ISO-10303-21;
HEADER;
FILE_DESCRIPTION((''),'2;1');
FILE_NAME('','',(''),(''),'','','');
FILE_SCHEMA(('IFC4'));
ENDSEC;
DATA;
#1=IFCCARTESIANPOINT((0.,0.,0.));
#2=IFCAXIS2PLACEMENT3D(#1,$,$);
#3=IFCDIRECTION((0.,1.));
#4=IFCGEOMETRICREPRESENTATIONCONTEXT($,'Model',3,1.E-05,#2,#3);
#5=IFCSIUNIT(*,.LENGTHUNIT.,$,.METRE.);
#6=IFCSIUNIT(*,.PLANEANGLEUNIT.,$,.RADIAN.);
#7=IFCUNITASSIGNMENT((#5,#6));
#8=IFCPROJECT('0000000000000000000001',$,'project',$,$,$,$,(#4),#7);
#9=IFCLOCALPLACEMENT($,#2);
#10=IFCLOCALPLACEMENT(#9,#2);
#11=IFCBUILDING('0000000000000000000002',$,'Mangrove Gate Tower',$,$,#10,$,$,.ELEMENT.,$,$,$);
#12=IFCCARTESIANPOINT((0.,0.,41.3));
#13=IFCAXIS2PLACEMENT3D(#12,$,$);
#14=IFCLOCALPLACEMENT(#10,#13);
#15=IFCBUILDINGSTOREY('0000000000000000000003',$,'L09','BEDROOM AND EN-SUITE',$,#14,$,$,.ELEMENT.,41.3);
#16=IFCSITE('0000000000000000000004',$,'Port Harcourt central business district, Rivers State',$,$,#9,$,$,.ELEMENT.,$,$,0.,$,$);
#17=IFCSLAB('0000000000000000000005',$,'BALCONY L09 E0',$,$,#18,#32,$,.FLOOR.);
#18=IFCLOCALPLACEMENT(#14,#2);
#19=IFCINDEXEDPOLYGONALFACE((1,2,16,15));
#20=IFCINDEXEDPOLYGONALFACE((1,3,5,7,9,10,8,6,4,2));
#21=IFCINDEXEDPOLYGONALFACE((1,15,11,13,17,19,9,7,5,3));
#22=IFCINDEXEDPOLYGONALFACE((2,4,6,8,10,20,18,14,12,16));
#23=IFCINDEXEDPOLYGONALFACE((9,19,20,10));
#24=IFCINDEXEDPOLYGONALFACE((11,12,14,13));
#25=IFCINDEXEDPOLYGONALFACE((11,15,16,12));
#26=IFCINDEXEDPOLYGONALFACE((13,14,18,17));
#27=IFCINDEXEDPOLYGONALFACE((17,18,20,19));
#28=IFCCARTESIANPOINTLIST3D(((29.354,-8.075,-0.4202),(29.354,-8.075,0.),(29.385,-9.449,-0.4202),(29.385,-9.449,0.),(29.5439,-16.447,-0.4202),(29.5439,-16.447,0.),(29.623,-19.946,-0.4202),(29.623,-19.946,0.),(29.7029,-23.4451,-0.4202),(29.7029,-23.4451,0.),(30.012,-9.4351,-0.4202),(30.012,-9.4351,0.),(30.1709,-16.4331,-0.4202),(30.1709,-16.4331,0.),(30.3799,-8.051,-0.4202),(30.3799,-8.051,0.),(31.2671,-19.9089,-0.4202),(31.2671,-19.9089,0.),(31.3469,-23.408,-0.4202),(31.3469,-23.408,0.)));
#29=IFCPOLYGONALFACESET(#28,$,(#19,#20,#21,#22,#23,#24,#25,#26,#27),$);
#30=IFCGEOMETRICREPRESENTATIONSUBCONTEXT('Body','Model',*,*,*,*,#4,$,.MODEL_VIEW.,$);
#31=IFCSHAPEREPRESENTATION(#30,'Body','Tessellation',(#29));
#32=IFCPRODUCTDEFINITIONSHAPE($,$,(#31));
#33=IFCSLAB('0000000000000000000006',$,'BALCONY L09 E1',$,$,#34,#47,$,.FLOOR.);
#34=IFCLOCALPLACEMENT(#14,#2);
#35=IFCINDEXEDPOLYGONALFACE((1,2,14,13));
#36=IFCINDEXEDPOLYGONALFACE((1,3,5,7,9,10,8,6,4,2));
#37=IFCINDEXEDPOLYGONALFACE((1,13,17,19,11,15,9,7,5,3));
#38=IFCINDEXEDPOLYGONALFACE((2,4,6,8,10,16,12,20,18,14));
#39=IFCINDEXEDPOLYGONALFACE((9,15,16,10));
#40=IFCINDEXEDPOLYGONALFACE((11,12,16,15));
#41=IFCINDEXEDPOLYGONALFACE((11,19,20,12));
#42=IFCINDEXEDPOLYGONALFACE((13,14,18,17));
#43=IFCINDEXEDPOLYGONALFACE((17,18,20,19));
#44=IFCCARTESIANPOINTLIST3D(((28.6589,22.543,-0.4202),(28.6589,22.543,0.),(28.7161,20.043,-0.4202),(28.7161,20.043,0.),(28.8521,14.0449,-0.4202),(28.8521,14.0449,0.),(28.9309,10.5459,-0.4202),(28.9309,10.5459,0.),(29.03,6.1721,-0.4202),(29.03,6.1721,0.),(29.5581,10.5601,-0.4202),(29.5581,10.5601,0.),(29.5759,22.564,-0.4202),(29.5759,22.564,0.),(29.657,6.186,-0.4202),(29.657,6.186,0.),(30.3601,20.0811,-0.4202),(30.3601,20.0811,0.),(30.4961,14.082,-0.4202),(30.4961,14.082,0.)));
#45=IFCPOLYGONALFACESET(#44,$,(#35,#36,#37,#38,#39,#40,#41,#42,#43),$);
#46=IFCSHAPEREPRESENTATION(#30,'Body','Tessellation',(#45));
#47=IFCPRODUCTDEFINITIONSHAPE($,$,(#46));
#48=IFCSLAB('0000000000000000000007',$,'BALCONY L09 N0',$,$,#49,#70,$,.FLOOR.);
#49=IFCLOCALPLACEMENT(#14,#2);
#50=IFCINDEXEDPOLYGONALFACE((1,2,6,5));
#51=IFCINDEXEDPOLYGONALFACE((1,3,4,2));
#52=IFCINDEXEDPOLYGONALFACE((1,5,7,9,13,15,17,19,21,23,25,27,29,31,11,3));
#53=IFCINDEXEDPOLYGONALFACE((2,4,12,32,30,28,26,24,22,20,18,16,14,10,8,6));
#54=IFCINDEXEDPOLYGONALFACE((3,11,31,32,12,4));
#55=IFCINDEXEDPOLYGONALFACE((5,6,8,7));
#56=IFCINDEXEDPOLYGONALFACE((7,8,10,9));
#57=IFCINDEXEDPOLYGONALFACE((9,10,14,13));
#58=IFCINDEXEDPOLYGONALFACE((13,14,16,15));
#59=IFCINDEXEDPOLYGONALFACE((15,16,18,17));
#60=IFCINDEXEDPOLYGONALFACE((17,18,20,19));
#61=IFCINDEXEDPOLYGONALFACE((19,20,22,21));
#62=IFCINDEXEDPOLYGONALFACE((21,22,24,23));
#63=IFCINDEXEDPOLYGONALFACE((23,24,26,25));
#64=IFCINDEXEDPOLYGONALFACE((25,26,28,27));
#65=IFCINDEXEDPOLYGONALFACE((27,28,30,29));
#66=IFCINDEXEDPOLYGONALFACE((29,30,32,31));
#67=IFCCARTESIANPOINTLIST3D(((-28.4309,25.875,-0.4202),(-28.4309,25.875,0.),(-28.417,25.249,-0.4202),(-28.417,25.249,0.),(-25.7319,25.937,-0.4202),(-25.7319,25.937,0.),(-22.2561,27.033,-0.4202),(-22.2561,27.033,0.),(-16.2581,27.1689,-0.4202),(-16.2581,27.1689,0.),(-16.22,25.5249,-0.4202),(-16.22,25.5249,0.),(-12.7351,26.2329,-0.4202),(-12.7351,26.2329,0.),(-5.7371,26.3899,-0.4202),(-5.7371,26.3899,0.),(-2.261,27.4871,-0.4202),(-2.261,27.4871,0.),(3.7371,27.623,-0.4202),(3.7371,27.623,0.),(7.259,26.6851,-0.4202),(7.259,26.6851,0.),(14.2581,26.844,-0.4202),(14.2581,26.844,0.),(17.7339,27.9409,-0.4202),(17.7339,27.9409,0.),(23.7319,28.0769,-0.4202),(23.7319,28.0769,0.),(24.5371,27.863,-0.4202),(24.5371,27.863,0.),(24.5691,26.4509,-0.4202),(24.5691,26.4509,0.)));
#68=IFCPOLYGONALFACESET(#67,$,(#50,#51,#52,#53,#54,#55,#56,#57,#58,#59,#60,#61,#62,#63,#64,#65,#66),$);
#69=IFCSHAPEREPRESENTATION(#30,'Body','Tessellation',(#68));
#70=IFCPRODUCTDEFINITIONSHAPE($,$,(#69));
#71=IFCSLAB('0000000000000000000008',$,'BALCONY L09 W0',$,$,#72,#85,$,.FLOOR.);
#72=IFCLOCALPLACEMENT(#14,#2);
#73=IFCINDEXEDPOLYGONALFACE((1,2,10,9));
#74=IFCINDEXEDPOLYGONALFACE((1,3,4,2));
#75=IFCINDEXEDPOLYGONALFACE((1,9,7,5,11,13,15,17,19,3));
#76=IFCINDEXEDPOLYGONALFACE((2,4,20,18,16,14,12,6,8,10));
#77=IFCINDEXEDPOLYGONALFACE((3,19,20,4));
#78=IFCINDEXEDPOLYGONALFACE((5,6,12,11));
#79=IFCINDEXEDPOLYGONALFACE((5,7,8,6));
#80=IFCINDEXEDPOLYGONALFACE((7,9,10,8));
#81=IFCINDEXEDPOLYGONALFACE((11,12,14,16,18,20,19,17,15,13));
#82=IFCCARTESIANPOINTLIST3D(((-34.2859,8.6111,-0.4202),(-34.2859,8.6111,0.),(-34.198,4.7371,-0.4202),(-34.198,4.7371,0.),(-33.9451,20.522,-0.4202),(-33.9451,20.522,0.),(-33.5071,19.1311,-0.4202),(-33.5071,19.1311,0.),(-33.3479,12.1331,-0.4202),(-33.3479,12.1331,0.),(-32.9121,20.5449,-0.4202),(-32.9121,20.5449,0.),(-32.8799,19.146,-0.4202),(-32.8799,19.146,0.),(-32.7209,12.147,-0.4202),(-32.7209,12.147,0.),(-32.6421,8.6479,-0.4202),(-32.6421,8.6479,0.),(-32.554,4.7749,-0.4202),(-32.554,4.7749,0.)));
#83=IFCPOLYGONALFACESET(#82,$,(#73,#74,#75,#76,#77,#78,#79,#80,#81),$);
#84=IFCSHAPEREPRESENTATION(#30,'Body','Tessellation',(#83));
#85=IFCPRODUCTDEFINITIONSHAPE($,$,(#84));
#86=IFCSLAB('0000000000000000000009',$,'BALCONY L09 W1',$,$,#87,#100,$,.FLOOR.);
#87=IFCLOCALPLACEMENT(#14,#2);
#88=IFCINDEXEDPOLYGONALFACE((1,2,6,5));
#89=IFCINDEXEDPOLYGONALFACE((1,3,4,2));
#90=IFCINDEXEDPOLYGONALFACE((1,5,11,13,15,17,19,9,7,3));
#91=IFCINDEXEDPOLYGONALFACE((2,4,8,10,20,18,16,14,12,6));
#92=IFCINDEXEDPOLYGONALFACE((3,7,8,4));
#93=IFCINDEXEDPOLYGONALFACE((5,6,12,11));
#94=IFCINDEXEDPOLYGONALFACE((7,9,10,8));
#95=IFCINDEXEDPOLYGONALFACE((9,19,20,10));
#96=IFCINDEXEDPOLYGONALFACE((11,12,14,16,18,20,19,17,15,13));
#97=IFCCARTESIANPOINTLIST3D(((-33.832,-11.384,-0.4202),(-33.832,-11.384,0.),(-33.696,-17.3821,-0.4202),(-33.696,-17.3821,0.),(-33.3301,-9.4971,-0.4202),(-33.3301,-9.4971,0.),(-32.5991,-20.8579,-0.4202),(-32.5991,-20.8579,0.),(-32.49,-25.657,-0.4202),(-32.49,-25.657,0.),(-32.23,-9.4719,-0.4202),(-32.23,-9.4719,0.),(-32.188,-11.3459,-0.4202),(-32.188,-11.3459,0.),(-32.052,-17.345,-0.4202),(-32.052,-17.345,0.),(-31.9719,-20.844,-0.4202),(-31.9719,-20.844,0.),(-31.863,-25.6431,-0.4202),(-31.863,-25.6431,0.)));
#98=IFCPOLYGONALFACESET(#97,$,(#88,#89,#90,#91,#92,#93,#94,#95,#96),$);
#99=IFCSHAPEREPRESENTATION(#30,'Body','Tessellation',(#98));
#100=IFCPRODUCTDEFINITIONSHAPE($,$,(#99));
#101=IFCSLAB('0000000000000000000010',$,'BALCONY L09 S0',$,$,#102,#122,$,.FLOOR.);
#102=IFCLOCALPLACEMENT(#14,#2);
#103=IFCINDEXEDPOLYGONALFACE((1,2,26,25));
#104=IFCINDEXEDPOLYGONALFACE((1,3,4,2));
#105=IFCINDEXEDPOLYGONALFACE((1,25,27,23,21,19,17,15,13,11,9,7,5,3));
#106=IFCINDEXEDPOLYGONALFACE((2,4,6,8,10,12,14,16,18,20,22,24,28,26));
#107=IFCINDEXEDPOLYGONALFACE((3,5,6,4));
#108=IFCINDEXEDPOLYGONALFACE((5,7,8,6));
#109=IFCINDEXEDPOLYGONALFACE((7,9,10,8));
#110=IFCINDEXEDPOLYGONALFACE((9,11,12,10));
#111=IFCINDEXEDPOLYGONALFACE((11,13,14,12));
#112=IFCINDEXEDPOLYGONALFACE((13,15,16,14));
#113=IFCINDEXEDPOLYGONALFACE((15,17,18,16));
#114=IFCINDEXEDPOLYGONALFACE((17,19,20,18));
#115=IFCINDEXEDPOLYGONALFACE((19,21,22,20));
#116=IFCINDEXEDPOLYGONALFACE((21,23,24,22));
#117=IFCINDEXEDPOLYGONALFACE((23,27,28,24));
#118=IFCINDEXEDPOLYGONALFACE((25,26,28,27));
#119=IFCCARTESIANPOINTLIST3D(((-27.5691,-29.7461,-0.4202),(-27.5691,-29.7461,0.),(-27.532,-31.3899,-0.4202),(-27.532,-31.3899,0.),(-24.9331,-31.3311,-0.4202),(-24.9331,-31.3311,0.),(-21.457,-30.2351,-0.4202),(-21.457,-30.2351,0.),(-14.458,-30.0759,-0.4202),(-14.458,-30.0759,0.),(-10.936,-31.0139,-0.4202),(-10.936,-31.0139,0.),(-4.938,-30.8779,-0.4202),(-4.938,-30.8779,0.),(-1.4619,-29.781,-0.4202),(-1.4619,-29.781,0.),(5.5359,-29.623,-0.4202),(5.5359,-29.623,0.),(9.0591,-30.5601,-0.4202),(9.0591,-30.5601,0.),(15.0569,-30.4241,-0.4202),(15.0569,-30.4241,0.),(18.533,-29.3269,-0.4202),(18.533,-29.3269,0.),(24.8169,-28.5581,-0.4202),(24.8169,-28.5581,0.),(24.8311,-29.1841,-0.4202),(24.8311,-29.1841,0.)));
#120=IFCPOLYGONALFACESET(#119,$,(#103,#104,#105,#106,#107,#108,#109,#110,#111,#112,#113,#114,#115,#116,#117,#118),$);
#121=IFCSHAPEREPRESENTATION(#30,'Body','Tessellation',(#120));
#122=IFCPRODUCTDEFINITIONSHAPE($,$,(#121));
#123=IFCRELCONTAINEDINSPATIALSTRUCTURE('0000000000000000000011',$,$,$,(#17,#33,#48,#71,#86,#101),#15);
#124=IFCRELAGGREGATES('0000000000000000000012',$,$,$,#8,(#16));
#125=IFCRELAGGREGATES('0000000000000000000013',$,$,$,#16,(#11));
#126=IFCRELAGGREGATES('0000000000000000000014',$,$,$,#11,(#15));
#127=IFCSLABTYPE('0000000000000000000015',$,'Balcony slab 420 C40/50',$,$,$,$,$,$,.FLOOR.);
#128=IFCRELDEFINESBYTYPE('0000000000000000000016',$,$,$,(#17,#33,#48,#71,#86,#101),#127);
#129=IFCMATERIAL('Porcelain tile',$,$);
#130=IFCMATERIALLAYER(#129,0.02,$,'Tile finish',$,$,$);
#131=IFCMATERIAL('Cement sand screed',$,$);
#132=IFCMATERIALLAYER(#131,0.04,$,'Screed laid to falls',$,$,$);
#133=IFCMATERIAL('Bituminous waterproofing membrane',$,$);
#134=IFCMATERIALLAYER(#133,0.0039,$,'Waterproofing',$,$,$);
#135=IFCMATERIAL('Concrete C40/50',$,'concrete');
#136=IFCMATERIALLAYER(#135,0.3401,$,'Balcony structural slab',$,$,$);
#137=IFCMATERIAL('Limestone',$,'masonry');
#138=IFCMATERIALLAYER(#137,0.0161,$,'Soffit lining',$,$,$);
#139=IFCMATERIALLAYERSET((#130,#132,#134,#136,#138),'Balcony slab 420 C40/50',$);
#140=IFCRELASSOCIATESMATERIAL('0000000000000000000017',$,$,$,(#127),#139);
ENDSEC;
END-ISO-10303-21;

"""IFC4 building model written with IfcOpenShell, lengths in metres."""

from ifc_helpers import new_model, si_unit, direction, frame, origin, place, context, subcontext, project, spatial, polyline, outline, extrude, material, layer, layer_set, type_object, element, save


model = new_model("IFC4")

# Units and contexts
model_context = context("Model", 3, precision=1e-05, world=origin(), true_north=direction((0.0, 1.0)))
body_context = subcontext(model_context, "Body", "Model", "MODEL_VIEW")
ifc_project = project(units=[si_unit("LENGTHUNIT", "METRE"), si_unit("PLANEANGLEUNIT", "RADIAN")], contexts=[model_context])

# Site, building, storey
site_placement = place(None, origin())
site = spatial("IfcSite", under=ifc_project, at=site_placement, Name="Port Harcourt central business district, Rivers State", CompositionType="ELEMENT", RefElevation=0.0)
building_placement = place(site_placement, origin())
building = spatial("IfcBuilding", under=site, at=building_placement, Name="Mangrove Gate Tower", CompositionType="ELEMENT")
storey_placement = place(building_placement, frame((0.0, 0.0, 41.3)))
storey = spatial("IfcBuildingStorey", under=building, at=storey_placement, Name="L09", Description="BEDROOM AND EN-SUITE", CompositionType="ELEMENT", Elevation=41.3)

# Slabs
ifc_material_1 = material(Name="Porcelain tile")
ifc_layer_1 = layer(ifc_material_1, 0.02, Name="Tile finish")
ifc_material_2 = material(Name="Cement sand screed")
ifc_layer_2 = layer(ifc_material_2, 0.04, Name="Screed laid to falls")
ifc_material_3 = material(Name="Bituminous waterproofing membrane")
ifc_layer_3 = layer(ifc_material_3, 0.0039, Name="Waterproofing")
ifc_material_4 = material(Name="Concrete C40/50", Category="concrete")
ifc_layer_4 = layer(ifc_material_4, 0.3401, Name="Balcony structural slab")
ifc_material_5 = material(Name="Limestone", Category="masonry")
ifc_layer_5 = layer(ifc_material_5, 0.0161, Name="Soffit lining")
ifc_layer_set_1 = layer_set([ifc_layer_1, ifc_layer_2, ifc_layer_3, ifc_layer_4, ifc_layer_5], Name="Balcony slab 420 C40/50")
slab_type_1 = type_object("IfcSlabType", Name="Balcony slab 420 C40/50", PredefinedType="FLOOR", material=ifc_layer_set_1)
slab_1_placement = place(storey_placement, frame((0.0, 0.0, -0.4202)))
element("IfcSlab", 1, at=slab_1_placement, inside=storey, type_object=slab_type_1, Name="BALCONY L09 E0", PredefinedType="FLOOR", context=body_context, shape_type="SweptSolid", body=[
    extrude(outline(polyline([(31.3469, -23.408), (31.2671, -19.9089), (30.1709, -16.4331), (30.012, -9.4351), (30.3799, -8.051), (29.354, -8.075), (29.385, -9.449), (29.5439, -16.447), (29.623, -19.946), (29.7029, -23.4451), (31.3469, -23.408)])), origin(), (0.0, 0.0, 1.0), 0.4202),
])
slab_2_placement = place(storey_placement, frame((0.0, 0.0, -0.4202)))
element("IfcSlab", 2, at=slab_2_placement, inside=storey, type_object=slab_type_1, Name="BALCONY L09 E1", PredefinedType="FLOOR", context=body_context, shape_type="SweptSolid", body=[
    extrude(outline(polyline([(29.657, 6.186), (29.5581, 10.5601), (30.4961, 14.082), (30.3601, 20.0811), (29.5759, 22.564), (28.6589, 22.543), (28.7161, 20.043), (28.8521, 14.0449), (28.9309, 10.5459), (29.03, 6.1721), (29.657, 6.186)])), origin(), (0.0, 0.0, 1.0), 0.4202),
])
slab_3_placement = place(storey_placement, frame((0.0, 0.0, -0.4202)))
element("IfcSlab", 3, at=slab_3_placement, inside=storey, type_object=slab_type_1, Name="BALCONY L09 N0", PredefinedType="FLOOR", context=body_context, shape_type="SweptSolid", body=[
    extrude(outline(polyline([(24.5371, 27.863), (23.7319, 28.0769), (17.7339, 27.9409), (14.2581, 26.844), (7.259, 26.6851), (3.7371, 27.623), (-2.261, 27.4871), (-5.7371, 26.3899), (-12.7351, 26.2329), (-16.2581, 27.1689), (-22.2561, 27.033), (-25.7319, 25.937), (-28.4309, 25.875), (-28.417, 25.249), (-16.22, 25.5249), (24.5691, 26.4509), (24.5371, 27.863)])), origin(), (0.0, 0.0, 1.0), 0.4202),
])
slab_4_placement = place(storey_placement, frame((0.0, 0.0, -0.4202)))
element("IfcSlab", 4, at=slab_4_placement, inside=storey, type_object=slab_type_1, Name="BALCONY L09 W0", PredefinedType="FLOOR", context=body_context, shape_type="SweptSolid", body=[
    extrude(outline(polyline([(-33.9451, 20.522), (-33.5071, 19.1311), (-33.3479, 12.1331), (-34.2859, 8.6111), (-34.198, 4.7371), (-32.554, 4.7749), (-32.6421, 8.6479), (-32.7209, 12.147), (-32.8799, 19.146), (-32.9121, 20.5449), (-33.9451, 20.522)])), origin(), (0.0, 0.0, 1.0), 0.4202),
])
slab_5_placement = place(storey_placement, frame((0.0, 0.0, -0.4202)))
element("IfcSlab", 5, at=slab_5_placement, inside=storey, type_object=slab_type_1, Name="BALCONY L09 W1", PredefinedType="FLOOR", context=body_context, shape_type="SweptSolid", body=[
    extrude(outline(polyline([(-33.3301, -9.4971), (-33.832, -11.384), (-33.696, -17.3821), (-32.5991, -20.8579), (-32.49, -25.657), (-31.863, -25.6431), (-31.9719, -20.844), (-32.052, -17.345), (-32.188, -11.3459), (-32.23, -9.4719), (-33.3301, -9.4971)])), origin(), (0.0, 0.0, 1.0), 0.4202),
])
slab_6_placement = place(storey_placement, frame((0.0, 0.0, -0.4202)))
element("IfcSlab", 6, at=slab_6_placement, inside=storey, type_object=slab_type_1, Name="BALCONY L09 S0", PredefinedType="FLOOR", context=body_context, shape_type="SweptSolid", body=[
    extrude(outline(polyline([(-27.532, -31.3899), (-24.9331, -31.3311), (-21.457, -30.2351), (-14.458, -30.0759), (-10.936, -31.0139), (-4.938, -30.8779), (-1.4619, -29.781), (5.5359, -29.623), (9.0591, -30.5601), (15.0569, -30.4241), (18.533, -29.3269), (24.8311, -29.1841), (24.8169, -28.5581), (-27.5691, -29.7461), (-27.532, -31.3899)])), origin(), (0.0, 0.0, 1.0), 0.4202),
])

save(model, "model.ifc")
